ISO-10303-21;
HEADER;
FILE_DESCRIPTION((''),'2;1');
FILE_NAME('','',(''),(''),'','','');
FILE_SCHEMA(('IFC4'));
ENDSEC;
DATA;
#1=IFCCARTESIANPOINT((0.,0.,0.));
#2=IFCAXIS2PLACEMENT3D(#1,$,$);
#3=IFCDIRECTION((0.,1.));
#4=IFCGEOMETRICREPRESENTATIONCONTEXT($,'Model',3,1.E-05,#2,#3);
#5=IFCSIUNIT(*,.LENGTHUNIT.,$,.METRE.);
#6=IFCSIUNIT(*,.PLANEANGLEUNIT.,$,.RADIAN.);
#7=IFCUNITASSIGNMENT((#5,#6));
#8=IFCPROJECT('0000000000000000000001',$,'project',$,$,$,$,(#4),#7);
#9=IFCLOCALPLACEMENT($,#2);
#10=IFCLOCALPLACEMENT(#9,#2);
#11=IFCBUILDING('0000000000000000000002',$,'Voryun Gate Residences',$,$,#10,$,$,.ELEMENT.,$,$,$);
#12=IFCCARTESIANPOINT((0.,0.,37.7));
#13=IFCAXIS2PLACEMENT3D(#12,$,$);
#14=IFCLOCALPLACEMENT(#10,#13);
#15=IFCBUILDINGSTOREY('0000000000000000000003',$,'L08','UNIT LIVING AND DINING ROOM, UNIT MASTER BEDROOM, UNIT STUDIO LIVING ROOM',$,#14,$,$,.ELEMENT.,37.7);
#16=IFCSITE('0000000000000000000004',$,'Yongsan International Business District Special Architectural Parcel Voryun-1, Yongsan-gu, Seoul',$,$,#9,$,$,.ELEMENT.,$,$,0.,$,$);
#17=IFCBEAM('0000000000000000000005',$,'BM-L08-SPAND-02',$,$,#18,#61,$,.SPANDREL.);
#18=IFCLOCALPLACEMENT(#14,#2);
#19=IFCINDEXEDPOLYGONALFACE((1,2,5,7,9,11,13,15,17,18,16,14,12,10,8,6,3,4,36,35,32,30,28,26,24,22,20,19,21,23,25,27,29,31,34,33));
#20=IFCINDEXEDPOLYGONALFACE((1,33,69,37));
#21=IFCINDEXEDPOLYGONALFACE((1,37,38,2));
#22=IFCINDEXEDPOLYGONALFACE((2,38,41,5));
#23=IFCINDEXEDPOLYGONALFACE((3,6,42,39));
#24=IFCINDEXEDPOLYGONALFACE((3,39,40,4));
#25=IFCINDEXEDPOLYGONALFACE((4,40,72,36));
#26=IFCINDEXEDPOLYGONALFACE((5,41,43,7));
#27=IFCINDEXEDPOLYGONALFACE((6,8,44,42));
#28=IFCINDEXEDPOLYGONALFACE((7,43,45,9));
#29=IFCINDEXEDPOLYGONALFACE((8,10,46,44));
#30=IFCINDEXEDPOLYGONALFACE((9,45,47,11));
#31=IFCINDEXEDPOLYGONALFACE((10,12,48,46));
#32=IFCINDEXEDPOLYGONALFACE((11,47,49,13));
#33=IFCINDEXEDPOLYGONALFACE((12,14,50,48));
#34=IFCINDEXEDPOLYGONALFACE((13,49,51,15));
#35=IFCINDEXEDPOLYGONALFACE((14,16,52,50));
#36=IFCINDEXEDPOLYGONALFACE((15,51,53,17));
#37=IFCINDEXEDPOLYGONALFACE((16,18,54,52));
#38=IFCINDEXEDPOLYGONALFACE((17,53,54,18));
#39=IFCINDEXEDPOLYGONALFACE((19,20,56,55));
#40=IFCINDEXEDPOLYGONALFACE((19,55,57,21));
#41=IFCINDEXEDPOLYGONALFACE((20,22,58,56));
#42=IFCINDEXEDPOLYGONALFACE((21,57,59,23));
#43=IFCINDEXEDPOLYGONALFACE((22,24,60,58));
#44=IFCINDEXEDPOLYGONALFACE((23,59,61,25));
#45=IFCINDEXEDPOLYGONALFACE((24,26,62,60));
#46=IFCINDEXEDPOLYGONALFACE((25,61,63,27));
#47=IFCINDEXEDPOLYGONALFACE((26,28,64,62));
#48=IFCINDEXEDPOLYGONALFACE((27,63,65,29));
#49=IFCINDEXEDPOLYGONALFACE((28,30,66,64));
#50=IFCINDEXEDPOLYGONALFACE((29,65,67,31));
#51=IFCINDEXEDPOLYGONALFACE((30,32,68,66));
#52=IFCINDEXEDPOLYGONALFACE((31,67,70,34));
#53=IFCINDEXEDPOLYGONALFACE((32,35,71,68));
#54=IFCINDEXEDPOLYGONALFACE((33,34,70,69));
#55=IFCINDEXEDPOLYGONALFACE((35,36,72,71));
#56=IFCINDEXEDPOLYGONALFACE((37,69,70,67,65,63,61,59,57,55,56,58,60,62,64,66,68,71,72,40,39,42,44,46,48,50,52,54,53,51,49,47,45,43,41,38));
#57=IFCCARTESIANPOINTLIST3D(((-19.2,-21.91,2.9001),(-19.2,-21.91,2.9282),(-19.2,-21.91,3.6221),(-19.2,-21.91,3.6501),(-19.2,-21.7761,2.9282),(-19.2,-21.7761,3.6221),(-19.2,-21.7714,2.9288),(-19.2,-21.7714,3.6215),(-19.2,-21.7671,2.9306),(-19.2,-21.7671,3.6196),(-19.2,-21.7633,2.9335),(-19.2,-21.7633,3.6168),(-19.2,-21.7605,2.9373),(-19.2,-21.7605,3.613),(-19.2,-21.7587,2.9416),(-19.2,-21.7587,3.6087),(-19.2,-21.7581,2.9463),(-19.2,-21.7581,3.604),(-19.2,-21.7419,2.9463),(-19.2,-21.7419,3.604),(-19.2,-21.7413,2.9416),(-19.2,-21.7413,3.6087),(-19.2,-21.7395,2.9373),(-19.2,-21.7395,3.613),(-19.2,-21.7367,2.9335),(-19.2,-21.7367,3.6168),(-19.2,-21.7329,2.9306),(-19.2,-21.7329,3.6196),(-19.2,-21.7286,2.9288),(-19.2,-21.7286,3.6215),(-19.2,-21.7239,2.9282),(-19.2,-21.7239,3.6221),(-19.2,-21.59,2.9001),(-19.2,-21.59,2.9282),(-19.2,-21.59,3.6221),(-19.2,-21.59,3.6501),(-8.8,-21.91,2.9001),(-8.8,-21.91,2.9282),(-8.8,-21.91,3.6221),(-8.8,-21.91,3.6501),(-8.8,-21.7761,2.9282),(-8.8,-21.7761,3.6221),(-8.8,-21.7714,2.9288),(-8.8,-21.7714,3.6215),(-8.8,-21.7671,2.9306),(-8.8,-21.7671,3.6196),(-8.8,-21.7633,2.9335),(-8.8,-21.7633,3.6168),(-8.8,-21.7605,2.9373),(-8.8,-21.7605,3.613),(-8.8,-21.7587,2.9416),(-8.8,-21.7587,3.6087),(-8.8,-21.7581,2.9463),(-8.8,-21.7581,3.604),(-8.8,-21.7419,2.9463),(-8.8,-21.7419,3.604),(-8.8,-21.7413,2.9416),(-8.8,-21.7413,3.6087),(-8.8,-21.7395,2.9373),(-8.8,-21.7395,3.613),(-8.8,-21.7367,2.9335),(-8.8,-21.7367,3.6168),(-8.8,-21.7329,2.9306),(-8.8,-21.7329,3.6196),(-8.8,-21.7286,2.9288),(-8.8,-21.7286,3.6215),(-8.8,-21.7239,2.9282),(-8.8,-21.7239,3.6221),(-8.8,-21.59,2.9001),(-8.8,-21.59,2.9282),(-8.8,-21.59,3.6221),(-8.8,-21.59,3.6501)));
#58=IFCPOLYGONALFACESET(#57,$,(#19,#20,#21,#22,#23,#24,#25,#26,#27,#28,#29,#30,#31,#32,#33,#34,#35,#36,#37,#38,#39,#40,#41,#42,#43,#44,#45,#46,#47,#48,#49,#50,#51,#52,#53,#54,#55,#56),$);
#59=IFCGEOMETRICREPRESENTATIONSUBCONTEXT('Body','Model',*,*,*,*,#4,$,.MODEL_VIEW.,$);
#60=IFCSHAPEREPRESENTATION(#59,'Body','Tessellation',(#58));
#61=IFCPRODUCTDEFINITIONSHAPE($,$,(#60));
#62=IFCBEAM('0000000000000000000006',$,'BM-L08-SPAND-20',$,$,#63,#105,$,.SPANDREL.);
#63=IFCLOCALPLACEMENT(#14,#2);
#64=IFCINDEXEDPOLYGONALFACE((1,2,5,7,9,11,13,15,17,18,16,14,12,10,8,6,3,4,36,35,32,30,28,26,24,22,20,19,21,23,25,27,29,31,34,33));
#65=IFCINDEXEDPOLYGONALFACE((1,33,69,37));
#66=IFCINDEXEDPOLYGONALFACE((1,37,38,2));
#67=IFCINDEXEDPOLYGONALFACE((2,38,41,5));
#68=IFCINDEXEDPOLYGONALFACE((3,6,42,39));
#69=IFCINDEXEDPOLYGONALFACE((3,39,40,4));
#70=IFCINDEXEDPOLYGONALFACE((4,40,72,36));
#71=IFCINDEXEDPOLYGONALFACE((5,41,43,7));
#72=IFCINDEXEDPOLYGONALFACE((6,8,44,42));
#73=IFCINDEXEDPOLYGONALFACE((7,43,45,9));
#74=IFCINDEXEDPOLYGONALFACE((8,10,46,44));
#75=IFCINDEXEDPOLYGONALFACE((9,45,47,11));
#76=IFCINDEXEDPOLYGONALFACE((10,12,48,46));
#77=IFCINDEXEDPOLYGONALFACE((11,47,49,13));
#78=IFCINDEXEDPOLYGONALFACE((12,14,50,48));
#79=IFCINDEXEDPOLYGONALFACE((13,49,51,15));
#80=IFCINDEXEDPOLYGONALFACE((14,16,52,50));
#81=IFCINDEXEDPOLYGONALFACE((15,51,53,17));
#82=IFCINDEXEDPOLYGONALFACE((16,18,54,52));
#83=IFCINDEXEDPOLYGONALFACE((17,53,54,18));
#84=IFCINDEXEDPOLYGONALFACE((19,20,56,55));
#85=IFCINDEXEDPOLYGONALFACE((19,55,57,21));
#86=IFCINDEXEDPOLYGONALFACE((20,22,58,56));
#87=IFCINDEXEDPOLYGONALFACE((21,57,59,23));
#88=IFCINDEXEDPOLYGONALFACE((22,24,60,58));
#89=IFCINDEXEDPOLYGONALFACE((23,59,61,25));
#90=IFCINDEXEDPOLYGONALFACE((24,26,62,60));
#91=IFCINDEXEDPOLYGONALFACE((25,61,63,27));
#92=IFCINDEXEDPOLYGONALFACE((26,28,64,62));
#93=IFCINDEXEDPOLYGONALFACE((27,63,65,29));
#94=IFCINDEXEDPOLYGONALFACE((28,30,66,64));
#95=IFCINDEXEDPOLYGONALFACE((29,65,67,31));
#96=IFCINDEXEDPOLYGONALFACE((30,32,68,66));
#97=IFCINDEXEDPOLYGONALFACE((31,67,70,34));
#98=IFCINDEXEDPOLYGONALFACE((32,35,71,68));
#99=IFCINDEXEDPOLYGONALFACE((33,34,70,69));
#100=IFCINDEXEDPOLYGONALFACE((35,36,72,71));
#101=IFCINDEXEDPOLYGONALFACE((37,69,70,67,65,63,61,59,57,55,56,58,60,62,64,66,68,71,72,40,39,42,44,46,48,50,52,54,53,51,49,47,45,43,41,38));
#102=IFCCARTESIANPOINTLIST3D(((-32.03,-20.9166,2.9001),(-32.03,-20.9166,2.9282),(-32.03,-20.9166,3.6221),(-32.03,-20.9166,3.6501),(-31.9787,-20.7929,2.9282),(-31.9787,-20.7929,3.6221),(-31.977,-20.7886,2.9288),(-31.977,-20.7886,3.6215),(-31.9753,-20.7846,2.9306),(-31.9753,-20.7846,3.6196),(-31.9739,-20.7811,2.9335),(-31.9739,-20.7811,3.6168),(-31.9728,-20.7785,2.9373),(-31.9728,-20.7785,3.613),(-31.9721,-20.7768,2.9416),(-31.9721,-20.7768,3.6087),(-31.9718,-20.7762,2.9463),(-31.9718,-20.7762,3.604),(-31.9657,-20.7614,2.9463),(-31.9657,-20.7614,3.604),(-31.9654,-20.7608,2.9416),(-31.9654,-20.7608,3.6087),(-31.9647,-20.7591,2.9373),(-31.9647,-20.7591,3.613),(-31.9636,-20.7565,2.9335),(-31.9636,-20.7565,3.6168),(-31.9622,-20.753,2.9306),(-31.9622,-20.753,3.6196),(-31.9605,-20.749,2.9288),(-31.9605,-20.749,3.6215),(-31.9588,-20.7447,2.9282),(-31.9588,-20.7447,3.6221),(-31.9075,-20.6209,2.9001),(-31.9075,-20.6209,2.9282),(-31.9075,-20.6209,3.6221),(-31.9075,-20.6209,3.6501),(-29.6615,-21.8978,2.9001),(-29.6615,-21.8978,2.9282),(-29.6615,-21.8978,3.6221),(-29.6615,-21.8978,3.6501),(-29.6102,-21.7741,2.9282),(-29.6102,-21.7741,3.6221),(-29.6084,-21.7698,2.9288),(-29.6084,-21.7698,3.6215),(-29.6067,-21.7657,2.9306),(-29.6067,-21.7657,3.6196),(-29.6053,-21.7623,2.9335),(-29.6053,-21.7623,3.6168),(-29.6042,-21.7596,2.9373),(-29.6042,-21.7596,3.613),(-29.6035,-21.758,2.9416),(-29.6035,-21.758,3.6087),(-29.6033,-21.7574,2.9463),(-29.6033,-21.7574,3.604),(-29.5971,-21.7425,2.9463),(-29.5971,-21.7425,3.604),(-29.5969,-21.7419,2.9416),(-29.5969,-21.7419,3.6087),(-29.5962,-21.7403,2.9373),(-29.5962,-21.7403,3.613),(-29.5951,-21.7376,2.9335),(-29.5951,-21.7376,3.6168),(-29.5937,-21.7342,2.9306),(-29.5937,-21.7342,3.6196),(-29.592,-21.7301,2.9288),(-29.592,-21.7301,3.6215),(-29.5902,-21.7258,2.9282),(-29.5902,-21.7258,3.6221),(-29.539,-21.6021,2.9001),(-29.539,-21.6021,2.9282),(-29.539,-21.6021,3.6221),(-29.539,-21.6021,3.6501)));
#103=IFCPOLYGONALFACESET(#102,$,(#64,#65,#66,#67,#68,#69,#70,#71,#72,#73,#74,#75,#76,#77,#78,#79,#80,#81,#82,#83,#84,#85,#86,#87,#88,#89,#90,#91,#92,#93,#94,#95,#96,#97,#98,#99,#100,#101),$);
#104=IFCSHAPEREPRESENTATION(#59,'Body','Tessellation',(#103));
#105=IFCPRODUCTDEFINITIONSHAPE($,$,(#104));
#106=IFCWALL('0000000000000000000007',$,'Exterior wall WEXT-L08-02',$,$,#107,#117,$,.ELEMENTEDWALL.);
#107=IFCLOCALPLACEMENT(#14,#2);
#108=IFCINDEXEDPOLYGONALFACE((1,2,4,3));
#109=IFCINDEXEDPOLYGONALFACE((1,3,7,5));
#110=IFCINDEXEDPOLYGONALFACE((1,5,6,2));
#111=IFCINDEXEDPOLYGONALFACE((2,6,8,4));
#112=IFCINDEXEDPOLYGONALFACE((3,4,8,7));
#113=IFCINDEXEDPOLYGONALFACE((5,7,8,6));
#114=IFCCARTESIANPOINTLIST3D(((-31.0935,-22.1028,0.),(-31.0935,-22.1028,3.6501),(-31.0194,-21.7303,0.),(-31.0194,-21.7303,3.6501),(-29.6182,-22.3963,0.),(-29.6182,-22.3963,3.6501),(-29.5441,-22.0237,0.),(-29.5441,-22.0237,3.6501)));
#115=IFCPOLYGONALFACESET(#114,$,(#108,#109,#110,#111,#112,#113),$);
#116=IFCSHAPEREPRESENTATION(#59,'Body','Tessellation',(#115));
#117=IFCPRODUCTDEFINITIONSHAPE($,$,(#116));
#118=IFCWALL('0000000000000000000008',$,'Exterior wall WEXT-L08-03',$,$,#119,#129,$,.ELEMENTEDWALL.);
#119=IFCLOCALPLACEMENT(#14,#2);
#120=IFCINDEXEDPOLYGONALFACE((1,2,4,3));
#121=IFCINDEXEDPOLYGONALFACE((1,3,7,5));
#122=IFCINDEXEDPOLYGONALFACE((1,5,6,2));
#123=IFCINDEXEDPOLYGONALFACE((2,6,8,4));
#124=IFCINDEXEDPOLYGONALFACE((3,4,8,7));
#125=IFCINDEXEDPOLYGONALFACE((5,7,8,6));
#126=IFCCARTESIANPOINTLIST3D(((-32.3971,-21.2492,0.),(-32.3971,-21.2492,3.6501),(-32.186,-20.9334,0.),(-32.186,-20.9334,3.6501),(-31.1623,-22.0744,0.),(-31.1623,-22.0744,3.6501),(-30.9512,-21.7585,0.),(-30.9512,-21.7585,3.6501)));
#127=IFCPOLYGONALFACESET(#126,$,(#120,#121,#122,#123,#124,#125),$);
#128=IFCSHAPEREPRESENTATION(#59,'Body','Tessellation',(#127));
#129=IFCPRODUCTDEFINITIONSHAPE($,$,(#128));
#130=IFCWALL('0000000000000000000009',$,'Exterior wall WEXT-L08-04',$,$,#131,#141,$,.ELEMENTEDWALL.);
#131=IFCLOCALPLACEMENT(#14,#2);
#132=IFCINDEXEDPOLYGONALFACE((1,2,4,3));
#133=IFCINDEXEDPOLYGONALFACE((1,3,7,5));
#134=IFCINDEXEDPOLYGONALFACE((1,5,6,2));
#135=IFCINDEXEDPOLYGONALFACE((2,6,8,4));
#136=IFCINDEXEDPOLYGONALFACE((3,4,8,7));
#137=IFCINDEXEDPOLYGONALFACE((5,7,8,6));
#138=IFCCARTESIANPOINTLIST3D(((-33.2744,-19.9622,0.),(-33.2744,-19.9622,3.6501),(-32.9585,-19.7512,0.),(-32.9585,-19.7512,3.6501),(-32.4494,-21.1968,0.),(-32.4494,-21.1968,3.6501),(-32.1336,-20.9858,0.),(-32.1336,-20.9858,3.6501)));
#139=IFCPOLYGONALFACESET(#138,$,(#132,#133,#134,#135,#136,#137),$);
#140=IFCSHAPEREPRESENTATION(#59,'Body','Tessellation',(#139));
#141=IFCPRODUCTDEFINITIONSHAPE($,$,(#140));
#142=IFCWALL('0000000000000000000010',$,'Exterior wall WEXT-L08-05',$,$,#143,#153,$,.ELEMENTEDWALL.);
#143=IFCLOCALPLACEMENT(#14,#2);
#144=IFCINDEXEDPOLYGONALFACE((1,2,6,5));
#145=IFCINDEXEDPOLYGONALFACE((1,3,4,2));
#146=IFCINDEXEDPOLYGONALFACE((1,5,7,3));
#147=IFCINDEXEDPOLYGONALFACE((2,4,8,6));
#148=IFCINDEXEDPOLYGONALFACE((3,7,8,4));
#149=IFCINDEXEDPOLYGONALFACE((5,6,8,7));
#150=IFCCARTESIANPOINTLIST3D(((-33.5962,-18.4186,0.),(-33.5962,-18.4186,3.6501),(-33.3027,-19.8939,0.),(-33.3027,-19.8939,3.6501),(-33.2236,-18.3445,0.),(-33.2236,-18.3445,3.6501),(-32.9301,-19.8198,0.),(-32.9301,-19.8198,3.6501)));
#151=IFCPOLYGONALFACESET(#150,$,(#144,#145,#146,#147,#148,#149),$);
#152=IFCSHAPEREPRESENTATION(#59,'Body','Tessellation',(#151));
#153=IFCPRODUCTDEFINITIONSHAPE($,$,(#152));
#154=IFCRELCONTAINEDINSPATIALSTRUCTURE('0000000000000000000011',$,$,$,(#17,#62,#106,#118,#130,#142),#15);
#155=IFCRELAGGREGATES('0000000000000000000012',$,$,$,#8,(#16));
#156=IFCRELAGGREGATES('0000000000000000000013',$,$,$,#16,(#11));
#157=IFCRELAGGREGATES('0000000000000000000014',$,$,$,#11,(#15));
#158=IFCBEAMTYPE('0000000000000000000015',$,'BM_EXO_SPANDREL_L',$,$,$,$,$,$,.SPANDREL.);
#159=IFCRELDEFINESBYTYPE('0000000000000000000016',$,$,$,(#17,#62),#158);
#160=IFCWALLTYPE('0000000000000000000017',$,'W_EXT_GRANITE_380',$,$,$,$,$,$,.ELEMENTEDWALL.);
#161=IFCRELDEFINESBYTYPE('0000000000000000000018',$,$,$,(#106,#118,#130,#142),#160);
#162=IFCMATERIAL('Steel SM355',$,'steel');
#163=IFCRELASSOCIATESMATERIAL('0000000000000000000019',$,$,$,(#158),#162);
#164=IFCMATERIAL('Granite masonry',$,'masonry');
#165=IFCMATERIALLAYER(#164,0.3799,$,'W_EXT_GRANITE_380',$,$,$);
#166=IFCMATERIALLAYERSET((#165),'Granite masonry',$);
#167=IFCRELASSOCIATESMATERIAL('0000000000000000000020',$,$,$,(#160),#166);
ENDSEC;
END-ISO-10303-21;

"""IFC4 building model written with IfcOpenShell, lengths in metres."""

from ifc_helpers import new_model, si_unit, direction, frame, frame_2d, origin, origin_2d, place, context, subcontext, project, spatial, rectangle, i_section, extrude, material, layer, layer_set, material_profile, profile_set, type_object, element, save


model = new_model("IFC4")

# Units and contexts
model_context = context("Model", 3, precision=1e-05, world=origin(), true_north=direction((0.0, 1.0)))
body_context = subcontext(model_context, "Body", "Model", "MODEL_VIEW")
ifc_project = project(units=[si_unit("LENGTHUNIT", "METRE"), si_unit("PLANEANGLEUNIT", "RADIAN")], contexts=[model_context])

# Site, building, storey
site_placement = place(None, origin())
site = spatial("IfcSite", under=ifc_project, at=site_placement, Name="Yongsan International Business District Special Architectural Parcel Voryun-1, Yongsan-gu, Seoul", CompositionType="ELEMENT", RefElevation=0.0)
building_placement = place(site_placement, origin())
building = spatial("IfcBuilding", under=site, at=building_placement, Name="Voryun Gate Residences", CompositionType="ELEMENT")
storey_placement = place(building_placement, frame((0.0, 0.0, 37.7)))
storey = spatial("IfcBuildingStorey", under=building, at=storey_placement, Name="L08", Description="UNIT LIVING AND DINING ROOM, UNIT MASTER BEDROOM, UNIT STUDIO LIVING ROOM", CompositionType="ELEMENT", Elevation=37.7)

# Beams
ifc_material_1 = material(Name="Steel SM355", Category="steel")
ifc_material_profile_1 = material_profile(ifc_material_1, i_section(OverallWidth=0.3201, OverallDepth=0.75, WebThickness=0.0161, FlangeThickness=0.0281, FilletRadius=0.0181, at=origin_2d()), Name="H-750x320x16x28")
ifc_profile_set_1 = profile_set([ifc_material_profile_1], Name="Steel SM355")
beam_type = type_object("IfcBeamType", Name="BM_EXO_SPANDREL_L", PredefinedType="SPANDREL", material=ifc_profile_set_1)
beam_1_placement = place(storey_placement, frame((-19.2, -21.75, 3.2751), z_axis=(1.0, 0.0, 0.0), x_axis=(0.0, 1.0, 0.0)))
element("IfcBeam", 1, at=beam_1_placement, inside=storey, type_object=beam_type, Name="BM-L08-SPAND-02", PredefinedType="SPANDREL", context=body_context, shape_type="SweptSolid", body=[
    extrude(i_section(OverallWidth=0.3201, OverallDepth=0.75, WebThickness=0.0161, FlangeThickness=0.0281, FilletRadius=0.0181, at=origin_2d()), origin(), (0.0, 0.0, 1.0), 10.3999),
])
beam_2_placement = place(storey_placement, frame((-31.9688, -20.7688, 3.2751), z_axis=(0.923869, -0.382708, 0.0), x_axis=(0.382708, 0.923869, 0.0)))
element("IfcBeam", 2, at=beam_2_placement, inside=storey, type_object=beam_type, Name="BM-L08-SPAND-20", PredefinedType="SPANDREL", context=body_context, shape_type="SweptSolid", body=[
    extrude(i_section(OverallWidth=0.3201, OverallDepth=0.75, WebThickness=0.0161, FlangeThickness=0.0281, FilletRadius=0.0181, at=origin_2d()), origin(), (0.0, 0.0, 1.0), 2.5637),
])

# Walls
ifc_material_2 = material(Name="Granite masonry", Category="masonry")
ifc_layer_1 = layer(ifc_material_2, 0.3799, Name="W_EXT_GRANITE_380")
ifc_layer_set_1 = layer_set([ifc_layer_1], Name="Granite masonry")
wall_type_1 = type_object("IfcWallType", Name="W_EXT_GRANITE_380", PredefinedType="ELEMENTEDWALL", material=ifc_layer_set_1)
wall_1_placement = place(storey_placement, frame((-29.5813, -22.21, 0.0), z_axis=(0.0, 0.0, 1.0), x_axis=(-0.980786, 0.195086, 0.0)))
element("IfcWall", 3, at=wall_1_placement, inside=storey, type_object=wall_type_1, Name="Exterior wall WEXT-L08-02", PredefinedType="ELEMENTEDWALL", context=body_context, shape_type="SweptSolid", body=[
    extrude(rectangle(XDim=1.5042, YDim=0.3799, at=frame_2d((0.752, 0.0))), origin(), (0.0, 0.0, 1.0), 3.6501),
])
wall_2_placement = place(storey_placement, frame((-31.0566, -21.9165, 0.0), z_axis=(0.0, 0.0, 1.0), x_axis=(-0.831443, 0.55561, 0.0)))
element("IfcWall", 4, at=wall_2_placement, inside=storey, type_object=wall_type_1, Name="Exterior wall WEXT-L08-03", PredefinedType="ELEMENTEDWALL", context=body_context, shape_type="SweptSolid", body=[
    extrude(rectangle(XDim=1.4851, YDim=0.3799, at=frame_2d((0.7427, 0.0))), origin(), (0.0, 0.0, 1.0), 3.6501),
])
wall_3_placement = place(storey_placement, frame((-32.2915, -21.0913, 0.0), z_axis=(0.0, 0.0, 1.0), x_axis=(-0.555573, 0.831468, 0.0)))
element("IfcWall", 5, at=wall_3_placement, inside=storey, type_object=wall_type_1, Name="Exterior wall WEXT-L08-04", PredefinedType="ELEMENTEDWALL", context=body_context, shape_type="SweptSolid", body=[
    extrude(rectangle(XDim=1.4849, YDim=0.3799, at=frame_2d((0.7424, 0.0))), origin(), (0.0, 0.0, 1.0), 3.6501),
])
wall_4_placement = place(storey_placement, frame((-33.1165, -19.8567, 0.0), z_axis=(0.0, 0.0, 1.0), x_axis=(-0.195086, 0.980786, 0.0)))
element("IfcWall", 6, at=wall_4_placement, inside=storey, type_object=wall_type_1, Name="Exterior wall WEXT-L08-05", PredefinedType="ELEMENTEDWALL", context=body_context, shape_type="SweptSolid", body=[
    extrude(rectangle(XDim=1.5042, YDim=0.3799, at=frame_2d((0.752, 0.0))), origin(), (0.0, 0.0, 1.0), 3.6501),
])

save(model, "model.ifc")
